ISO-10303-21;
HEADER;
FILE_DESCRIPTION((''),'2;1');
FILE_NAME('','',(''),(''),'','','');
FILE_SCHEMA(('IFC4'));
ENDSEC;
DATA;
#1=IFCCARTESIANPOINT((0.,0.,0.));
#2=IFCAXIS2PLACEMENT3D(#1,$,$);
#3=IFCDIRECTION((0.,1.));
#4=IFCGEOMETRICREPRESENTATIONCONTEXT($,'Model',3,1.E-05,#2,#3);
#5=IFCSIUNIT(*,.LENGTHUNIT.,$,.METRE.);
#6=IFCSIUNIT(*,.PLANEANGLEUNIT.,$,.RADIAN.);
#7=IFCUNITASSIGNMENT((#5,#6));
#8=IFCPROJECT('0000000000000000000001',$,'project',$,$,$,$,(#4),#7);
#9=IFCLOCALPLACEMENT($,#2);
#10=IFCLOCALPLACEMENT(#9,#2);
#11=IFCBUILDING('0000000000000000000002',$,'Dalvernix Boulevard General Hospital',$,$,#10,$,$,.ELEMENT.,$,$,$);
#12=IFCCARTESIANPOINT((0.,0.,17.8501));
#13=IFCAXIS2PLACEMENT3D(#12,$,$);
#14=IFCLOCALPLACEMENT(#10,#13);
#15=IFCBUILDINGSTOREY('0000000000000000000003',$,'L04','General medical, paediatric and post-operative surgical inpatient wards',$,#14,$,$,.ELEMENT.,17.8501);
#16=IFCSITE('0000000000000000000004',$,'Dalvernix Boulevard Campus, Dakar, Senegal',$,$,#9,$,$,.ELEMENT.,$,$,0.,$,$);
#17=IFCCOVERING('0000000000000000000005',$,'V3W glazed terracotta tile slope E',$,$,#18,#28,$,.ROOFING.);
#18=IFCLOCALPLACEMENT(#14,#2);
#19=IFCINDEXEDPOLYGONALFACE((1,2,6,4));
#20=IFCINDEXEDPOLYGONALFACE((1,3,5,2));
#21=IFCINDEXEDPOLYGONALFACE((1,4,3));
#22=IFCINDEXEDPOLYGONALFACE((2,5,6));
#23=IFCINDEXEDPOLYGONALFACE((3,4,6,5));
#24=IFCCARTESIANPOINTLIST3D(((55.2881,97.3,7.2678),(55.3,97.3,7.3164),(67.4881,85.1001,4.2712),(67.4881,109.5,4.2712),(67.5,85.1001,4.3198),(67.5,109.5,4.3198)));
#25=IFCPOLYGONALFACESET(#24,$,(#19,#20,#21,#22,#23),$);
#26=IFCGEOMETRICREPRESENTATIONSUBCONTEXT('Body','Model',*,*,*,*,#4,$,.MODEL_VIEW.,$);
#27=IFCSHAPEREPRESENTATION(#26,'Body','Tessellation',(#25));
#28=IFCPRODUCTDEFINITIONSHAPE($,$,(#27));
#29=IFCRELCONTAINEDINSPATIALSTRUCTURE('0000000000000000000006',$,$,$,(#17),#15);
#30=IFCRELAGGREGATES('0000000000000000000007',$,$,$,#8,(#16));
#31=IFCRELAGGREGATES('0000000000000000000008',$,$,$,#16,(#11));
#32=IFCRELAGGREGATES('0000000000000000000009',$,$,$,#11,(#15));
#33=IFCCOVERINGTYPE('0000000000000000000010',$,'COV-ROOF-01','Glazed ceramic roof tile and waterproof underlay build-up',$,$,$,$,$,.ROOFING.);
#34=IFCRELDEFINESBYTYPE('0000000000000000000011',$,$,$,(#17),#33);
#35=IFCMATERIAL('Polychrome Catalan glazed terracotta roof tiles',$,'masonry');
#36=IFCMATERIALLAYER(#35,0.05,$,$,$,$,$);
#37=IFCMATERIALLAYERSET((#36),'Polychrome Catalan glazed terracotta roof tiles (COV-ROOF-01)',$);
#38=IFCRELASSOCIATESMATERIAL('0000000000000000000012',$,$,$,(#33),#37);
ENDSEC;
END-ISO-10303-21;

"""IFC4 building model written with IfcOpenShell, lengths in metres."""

from ifc_helpers import new_model, si_unit, direction, frame, origin, place, context, subcontext, project, spatial, polyline, outline, extrude, material, layer, layer_set, type_object, element, save


model = new_model("IFC4")

# Units and contexts
model_context = context("Model", 3, precision=1e-05, world=origin(), true_north=direction((0.0, 1.0)))
body_context = subcontext(model_context, "Body", "Model", "MODEL_VIEW")
ifc_project = project(units=[si_unit("LENGTHUNIT", "METRE"), si_unit("PLANEANGLEUNIT", "RADIAN")], contexts=[model_context])

# Site, building, storey
site_placement = place(None, origin())
site = spatial("IfcSite", under=ifc_project, at=site_placement, Name="Dalvernix Boulevard Campus, Dakar, Senegal", CompositionType="ELEMENT", RefElevation=0.0)
building_placement = place(site_placement, origin())
building = spatial("IfcBuilding", under=site, at=building_placement, Name="Dalvernix Boulevard General Hospital", CompositionType="ELEMENT")
storey_placement = place(building_placement, frame((0.0, 0.0, 17.8501)))
storey = spatial("IfcBuildingStorey", under=building, at=storey_placement, Name="L04", Description="General medical, paediatric and post-operative surgical inpatient wards", CompositionType="ELEMENT", Elevation=17.8501)

# Covering
ifc_material_1 = material(Name="Polychrome Catalan glazed terracotta roof tiles", Category="masonry")
ifc_layer_1 = layer(ifc_material_1, 0.05)
ifc_layer_set_1 = layer_set([ifc_layer_1], Name="Polychrome Catalan glazed terracotta roof tiles (COV-ROOF-01)")
covering_type_1 = type_object("IfcCoveringType", Name="COV-ROOF-01", Description="Glazed ceramic roof tile and waterproof underlay build-up", PredefinedType="ROOFING", material=ifc_layer_set_1)
covering_1_placement = place(storey_placement, frame((67.5, 85.1001, 4.3198), z_axis=(0.238532, 0.0, 0.971135), x_axis=(0.0, 1.0, 0.0)))
element("IfcCovering", 1, at=covering_1_placement, inside=storey, type_object=covering_type_1, Name="V3W glazed terracotta tile slope E", PredefinedType="ROOFING", context=body_context, shape_type="SweptSolid", body=[
    extrude(outline(polyline([(0.0, 0.0), (24.3999, 0.0), (12.2, 12.5626), (0.0, 0.0)])), origin(), (0.0, 0.0, -1.0), 0.05),
])

save(model, "model.ifc")
